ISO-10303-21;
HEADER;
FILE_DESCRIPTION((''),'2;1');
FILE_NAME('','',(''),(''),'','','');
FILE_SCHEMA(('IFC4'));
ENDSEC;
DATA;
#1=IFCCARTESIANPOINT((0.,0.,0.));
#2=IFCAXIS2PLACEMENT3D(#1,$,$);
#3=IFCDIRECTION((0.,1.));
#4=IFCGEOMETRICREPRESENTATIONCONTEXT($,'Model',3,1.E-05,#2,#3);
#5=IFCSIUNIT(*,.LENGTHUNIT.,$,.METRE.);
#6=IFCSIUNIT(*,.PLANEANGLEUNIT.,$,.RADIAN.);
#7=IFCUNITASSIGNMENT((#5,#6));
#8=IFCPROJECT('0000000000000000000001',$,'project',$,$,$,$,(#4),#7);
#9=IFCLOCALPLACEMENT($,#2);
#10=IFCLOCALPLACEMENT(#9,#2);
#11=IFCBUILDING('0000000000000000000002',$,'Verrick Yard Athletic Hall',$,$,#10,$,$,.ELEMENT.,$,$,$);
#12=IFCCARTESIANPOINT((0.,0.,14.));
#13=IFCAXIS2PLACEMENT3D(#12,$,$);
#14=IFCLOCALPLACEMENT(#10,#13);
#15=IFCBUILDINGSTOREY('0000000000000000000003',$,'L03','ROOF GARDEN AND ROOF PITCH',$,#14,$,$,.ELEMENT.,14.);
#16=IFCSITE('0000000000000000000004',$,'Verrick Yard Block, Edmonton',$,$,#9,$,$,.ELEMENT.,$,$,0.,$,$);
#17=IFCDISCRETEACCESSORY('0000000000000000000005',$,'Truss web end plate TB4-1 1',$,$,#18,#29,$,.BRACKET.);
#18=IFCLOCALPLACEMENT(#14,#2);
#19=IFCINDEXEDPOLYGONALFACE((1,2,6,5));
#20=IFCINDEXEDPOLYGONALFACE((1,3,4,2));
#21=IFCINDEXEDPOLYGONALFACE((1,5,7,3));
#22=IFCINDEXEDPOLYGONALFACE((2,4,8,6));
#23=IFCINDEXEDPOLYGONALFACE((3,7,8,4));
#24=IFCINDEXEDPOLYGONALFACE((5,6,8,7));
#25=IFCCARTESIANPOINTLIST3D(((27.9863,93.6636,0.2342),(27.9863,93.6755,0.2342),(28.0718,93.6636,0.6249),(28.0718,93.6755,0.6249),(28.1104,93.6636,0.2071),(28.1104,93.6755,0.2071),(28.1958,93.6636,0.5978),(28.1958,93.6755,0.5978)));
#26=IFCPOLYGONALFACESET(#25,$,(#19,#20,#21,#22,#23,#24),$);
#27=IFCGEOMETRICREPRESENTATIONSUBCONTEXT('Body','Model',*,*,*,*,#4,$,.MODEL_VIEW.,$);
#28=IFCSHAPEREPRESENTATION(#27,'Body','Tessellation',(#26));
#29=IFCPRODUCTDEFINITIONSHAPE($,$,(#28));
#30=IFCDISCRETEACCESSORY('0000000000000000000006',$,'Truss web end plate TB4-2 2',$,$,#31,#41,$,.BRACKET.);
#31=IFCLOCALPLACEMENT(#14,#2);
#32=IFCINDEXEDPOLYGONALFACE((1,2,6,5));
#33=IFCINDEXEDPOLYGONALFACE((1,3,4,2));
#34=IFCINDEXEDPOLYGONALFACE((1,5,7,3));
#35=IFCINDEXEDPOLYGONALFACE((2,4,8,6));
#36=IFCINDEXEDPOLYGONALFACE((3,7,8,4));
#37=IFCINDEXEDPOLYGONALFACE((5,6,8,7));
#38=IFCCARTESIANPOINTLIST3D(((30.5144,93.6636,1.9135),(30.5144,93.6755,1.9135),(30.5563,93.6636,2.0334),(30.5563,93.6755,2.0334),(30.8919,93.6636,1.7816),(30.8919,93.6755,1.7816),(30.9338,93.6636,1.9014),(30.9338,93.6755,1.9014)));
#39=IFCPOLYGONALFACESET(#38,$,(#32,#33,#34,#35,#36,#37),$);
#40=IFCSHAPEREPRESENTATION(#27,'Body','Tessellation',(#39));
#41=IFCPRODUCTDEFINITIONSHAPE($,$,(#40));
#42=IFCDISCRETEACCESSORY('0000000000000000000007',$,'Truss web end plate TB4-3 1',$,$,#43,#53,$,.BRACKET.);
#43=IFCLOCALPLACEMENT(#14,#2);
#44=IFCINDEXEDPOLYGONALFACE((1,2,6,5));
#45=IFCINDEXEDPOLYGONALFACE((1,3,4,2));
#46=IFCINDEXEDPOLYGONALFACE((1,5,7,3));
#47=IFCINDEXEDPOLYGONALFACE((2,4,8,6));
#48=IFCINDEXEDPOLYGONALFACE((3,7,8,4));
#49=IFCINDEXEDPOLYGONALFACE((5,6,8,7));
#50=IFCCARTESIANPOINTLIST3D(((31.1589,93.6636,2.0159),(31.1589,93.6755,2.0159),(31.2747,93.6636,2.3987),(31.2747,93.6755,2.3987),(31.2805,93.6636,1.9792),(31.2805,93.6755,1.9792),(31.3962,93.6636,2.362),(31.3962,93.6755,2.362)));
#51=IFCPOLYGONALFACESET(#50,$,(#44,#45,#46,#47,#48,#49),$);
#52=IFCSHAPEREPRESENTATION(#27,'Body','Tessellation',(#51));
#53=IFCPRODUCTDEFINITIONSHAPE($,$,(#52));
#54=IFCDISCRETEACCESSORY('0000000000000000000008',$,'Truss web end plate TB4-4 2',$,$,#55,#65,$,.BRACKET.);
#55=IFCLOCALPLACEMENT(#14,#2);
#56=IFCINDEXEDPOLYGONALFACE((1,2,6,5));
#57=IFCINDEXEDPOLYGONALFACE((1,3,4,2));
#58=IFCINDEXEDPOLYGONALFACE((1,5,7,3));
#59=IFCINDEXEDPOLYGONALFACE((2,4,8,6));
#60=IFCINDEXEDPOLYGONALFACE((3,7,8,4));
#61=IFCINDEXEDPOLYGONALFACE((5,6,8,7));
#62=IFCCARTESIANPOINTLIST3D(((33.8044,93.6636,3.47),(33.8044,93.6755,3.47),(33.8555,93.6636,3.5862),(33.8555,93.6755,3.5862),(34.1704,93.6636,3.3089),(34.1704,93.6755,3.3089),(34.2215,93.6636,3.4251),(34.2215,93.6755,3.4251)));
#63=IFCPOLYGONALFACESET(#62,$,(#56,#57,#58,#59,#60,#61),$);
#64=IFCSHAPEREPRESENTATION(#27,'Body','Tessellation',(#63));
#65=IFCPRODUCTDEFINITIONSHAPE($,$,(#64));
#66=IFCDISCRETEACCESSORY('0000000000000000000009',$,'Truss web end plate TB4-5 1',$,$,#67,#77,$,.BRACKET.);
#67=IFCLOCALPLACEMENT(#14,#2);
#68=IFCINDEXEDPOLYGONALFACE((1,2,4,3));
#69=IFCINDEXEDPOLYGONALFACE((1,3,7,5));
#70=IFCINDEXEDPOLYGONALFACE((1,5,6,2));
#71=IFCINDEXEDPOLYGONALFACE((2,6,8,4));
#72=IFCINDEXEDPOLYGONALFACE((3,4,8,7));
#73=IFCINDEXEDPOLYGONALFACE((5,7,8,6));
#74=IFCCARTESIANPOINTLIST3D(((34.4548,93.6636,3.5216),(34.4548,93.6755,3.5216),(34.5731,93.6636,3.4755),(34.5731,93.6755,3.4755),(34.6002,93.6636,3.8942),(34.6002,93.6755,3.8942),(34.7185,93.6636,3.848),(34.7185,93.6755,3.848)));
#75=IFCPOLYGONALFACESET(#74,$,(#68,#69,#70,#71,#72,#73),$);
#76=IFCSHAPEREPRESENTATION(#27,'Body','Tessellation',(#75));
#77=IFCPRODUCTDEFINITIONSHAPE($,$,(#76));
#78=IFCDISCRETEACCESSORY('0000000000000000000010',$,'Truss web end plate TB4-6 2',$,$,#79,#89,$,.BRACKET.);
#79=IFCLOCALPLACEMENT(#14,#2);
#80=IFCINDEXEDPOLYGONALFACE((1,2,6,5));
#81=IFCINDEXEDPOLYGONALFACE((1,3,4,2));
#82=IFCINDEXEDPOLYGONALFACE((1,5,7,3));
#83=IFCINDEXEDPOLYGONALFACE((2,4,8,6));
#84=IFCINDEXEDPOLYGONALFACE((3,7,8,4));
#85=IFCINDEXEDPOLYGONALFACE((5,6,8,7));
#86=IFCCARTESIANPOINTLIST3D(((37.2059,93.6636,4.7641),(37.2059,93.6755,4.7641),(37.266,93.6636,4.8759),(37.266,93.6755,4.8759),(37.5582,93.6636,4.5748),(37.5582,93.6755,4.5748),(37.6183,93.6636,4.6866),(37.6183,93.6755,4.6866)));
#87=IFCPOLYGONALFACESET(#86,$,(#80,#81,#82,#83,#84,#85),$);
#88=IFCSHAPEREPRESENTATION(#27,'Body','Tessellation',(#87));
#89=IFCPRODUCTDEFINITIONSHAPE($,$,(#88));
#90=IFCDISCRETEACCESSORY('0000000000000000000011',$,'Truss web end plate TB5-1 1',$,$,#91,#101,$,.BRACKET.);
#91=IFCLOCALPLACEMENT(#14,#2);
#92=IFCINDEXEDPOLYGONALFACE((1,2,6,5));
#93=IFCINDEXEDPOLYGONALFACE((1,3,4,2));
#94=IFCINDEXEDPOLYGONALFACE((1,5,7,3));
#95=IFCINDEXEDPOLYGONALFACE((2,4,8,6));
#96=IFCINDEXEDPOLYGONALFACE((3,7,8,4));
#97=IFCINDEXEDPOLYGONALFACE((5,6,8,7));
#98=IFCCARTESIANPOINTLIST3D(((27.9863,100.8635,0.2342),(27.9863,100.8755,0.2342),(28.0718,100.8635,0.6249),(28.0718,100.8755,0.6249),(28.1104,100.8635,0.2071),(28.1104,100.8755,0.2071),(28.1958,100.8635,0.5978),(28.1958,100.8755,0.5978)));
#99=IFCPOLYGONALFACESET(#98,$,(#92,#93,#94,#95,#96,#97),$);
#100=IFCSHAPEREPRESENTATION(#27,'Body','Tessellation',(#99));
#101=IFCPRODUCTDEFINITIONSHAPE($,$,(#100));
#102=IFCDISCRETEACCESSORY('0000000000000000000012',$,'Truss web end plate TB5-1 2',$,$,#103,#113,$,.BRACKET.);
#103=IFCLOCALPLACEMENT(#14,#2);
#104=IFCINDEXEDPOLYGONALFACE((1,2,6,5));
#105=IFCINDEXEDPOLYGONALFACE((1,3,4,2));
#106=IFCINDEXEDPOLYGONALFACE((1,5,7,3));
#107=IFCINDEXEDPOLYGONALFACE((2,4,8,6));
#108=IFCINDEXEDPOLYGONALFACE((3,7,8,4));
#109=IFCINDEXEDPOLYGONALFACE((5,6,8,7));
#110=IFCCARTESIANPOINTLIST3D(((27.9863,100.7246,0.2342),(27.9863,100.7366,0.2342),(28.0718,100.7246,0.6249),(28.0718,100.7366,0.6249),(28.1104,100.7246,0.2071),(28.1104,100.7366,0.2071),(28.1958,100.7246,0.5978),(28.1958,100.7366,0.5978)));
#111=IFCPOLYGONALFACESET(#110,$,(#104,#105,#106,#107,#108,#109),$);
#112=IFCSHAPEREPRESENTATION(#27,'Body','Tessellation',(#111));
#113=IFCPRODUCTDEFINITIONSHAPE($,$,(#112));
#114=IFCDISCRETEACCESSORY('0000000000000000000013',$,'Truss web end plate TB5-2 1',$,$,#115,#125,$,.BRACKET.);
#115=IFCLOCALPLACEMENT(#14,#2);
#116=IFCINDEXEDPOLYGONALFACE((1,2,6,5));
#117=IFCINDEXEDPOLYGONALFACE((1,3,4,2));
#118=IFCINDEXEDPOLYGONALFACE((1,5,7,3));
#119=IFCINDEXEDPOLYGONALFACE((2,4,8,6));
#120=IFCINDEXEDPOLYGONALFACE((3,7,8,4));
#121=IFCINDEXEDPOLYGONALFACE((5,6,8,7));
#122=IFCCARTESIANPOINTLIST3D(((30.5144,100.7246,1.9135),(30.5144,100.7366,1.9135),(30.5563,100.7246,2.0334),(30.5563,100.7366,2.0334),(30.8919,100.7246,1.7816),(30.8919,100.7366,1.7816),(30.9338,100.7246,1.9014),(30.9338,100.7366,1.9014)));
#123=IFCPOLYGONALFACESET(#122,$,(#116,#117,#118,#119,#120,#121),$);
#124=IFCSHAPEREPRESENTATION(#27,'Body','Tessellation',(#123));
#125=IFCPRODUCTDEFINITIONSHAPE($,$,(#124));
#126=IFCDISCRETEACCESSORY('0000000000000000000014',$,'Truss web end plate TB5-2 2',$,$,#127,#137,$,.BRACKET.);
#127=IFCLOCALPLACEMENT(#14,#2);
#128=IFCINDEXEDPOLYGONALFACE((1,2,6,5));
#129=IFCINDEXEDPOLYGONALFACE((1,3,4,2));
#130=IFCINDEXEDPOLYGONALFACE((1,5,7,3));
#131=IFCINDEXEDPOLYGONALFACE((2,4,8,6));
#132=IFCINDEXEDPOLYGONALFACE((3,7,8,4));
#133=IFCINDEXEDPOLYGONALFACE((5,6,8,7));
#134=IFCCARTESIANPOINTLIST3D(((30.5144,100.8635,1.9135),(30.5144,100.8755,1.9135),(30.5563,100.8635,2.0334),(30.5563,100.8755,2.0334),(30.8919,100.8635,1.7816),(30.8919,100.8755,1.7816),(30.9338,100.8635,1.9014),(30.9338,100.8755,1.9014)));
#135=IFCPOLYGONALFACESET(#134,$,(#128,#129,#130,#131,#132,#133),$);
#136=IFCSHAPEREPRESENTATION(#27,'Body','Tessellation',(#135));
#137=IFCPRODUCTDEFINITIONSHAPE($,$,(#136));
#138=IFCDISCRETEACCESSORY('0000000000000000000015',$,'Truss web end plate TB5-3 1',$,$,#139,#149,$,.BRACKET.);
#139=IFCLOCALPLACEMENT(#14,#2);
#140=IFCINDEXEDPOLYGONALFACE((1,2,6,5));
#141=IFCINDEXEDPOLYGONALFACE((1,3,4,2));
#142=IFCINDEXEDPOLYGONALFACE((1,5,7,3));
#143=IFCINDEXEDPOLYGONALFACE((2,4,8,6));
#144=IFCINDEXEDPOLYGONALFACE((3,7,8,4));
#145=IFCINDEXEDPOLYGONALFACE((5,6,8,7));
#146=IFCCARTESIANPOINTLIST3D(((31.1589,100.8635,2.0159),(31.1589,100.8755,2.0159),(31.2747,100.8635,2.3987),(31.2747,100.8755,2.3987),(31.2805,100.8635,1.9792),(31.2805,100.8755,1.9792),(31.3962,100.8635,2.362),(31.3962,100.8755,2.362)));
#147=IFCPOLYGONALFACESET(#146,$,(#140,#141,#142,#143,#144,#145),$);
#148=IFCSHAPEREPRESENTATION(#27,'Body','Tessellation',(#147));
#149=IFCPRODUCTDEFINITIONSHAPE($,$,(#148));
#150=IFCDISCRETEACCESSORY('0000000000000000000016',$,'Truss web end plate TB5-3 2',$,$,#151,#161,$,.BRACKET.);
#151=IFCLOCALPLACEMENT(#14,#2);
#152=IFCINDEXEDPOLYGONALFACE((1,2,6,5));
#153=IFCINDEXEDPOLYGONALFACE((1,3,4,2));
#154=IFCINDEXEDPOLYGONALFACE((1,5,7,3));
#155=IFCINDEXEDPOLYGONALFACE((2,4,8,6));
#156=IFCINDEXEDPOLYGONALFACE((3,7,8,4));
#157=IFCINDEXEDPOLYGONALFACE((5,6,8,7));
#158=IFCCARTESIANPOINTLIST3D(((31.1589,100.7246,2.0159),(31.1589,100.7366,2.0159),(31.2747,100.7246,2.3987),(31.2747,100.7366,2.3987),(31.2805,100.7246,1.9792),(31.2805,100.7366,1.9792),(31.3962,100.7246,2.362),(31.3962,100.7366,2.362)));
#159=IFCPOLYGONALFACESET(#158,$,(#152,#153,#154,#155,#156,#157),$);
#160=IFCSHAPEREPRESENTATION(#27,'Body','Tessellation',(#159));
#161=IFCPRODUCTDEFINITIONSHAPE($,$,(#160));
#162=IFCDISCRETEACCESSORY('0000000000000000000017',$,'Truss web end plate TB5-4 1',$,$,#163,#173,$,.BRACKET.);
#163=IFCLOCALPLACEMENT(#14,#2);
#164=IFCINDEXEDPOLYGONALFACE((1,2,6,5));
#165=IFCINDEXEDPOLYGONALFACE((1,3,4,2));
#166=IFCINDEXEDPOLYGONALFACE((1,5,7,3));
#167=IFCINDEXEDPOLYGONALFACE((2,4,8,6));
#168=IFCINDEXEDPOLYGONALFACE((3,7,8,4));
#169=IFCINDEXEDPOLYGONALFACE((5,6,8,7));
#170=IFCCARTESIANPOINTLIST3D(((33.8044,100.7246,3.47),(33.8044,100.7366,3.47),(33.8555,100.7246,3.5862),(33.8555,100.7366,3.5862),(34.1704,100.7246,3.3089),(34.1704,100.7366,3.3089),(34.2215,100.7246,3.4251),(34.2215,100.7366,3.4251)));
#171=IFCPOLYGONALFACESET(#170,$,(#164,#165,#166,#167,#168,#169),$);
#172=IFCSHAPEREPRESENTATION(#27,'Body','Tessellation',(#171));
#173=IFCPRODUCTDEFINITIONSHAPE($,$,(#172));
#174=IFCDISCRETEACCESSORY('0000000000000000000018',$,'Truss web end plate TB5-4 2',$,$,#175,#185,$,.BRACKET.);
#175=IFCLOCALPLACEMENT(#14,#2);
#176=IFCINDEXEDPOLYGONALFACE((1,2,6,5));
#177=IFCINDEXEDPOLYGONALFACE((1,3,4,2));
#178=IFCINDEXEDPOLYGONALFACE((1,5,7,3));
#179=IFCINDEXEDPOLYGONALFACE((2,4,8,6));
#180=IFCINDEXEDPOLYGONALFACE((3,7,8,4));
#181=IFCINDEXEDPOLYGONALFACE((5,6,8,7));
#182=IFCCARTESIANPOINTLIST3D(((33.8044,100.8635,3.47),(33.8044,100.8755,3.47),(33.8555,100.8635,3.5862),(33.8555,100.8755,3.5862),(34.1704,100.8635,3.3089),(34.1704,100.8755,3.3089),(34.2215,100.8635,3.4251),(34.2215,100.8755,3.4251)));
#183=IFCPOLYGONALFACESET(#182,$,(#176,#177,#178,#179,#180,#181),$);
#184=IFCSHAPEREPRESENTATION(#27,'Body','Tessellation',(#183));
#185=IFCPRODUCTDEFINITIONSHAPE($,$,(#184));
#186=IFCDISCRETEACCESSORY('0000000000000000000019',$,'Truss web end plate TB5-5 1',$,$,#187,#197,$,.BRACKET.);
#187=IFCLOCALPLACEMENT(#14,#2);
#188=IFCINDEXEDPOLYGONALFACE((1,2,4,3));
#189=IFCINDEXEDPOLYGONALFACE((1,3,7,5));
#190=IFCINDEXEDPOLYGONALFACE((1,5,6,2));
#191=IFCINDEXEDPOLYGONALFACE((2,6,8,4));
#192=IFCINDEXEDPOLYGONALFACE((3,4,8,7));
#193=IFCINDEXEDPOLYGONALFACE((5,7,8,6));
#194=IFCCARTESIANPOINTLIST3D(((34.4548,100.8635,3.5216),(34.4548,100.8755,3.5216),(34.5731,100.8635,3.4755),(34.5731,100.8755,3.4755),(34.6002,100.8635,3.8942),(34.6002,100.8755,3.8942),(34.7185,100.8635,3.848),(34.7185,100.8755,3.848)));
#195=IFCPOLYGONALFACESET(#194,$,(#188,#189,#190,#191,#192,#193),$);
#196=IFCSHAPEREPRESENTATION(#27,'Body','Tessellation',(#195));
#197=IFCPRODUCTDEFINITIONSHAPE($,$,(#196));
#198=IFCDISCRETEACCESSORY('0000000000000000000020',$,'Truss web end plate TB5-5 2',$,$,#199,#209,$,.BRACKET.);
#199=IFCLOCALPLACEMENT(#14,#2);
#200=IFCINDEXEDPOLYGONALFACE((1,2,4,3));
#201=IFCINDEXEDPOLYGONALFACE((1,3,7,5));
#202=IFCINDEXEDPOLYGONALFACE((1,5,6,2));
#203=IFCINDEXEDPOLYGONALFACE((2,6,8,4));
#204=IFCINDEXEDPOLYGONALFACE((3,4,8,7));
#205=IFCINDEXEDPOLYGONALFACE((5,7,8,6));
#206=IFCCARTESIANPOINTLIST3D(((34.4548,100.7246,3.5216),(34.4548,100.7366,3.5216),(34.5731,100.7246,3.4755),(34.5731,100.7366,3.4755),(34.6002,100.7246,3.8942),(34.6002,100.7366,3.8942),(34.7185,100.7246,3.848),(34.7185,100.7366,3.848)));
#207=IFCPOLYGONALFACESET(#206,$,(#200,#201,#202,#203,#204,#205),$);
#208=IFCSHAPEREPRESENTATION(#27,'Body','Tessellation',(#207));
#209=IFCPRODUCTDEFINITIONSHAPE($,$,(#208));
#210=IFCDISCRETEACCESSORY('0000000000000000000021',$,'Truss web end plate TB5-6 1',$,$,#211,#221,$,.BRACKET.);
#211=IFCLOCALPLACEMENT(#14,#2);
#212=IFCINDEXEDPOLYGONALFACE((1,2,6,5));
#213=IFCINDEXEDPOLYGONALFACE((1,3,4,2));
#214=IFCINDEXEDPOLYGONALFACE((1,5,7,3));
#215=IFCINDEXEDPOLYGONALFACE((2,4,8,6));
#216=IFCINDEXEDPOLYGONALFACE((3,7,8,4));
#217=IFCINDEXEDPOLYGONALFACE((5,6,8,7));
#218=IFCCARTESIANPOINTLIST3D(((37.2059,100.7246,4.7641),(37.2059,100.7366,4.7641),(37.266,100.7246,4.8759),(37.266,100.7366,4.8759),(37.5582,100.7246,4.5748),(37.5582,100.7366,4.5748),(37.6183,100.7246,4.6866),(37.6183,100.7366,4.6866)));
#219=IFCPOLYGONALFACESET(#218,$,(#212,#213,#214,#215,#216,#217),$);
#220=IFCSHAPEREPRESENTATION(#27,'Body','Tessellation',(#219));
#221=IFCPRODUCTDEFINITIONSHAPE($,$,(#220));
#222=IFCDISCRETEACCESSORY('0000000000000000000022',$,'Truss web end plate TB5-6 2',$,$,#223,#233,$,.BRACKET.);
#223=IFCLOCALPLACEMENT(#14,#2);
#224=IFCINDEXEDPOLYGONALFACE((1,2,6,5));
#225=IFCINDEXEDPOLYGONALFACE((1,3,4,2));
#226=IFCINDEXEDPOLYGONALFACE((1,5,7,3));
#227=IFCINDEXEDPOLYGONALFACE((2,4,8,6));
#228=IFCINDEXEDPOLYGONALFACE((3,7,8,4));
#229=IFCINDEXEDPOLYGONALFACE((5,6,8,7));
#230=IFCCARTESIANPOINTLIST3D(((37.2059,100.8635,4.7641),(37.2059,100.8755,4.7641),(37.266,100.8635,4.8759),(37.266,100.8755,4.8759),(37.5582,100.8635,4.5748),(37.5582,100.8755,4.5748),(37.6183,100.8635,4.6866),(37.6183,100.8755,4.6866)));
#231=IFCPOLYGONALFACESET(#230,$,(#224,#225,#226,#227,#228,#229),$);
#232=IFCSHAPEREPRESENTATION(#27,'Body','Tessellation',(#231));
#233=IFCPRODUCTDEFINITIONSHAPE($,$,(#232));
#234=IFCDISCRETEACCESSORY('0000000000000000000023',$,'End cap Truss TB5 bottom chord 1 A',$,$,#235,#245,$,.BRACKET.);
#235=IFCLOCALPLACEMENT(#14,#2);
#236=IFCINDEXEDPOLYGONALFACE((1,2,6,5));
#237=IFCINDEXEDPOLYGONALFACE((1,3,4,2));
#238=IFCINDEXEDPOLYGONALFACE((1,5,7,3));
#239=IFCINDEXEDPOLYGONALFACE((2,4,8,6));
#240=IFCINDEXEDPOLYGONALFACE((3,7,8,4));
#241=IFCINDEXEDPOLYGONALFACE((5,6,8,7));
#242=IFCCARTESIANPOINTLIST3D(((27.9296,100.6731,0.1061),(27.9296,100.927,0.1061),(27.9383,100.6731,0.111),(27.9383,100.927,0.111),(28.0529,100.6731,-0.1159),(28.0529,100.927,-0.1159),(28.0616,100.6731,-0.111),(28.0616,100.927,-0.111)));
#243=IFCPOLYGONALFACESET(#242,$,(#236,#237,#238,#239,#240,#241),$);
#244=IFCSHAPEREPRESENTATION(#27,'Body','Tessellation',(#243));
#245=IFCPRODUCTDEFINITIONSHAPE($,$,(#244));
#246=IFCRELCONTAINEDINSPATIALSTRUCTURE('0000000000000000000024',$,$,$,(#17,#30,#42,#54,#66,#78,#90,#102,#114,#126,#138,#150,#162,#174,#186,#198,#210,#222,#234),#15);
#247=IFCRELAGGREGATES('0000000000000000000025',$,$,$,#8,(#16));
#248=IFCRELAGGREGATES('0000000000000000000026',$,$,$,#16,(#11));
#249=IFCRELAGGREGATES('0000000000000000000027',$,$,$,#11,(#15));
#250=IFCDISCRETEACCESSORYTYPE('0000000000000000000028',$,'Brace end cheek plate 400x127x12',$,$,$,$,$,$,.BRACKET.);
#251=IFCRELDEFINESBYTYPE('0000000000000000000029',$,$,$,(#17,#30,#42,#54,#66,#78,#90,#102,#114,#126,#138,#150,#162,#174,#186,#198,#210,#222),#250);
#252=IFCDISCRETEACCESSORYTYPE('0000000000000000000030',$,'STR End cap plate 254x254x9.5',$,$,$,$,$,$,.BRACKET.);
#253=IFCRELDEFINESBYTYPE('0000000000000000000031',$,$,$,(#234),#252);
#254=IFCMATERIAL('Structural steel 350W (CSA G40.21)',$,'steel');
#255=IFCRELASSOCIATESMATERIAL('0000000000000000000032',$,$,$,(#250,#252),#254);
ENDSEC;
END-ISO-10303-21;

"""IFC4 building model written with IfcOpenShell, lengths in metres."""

from ifc_helpers import new_model, si_unit, direction, frame, origin, origin_2d, place, context, subcontext, project, spatial, rectangle, extrude, material, material_profile, profile_set, type_object, element, save


model = new_model("IFC4")

# Units and contexts
model_context = context("Model", 3, precision=1e-05, world=origin(), true_north=direction((0.0, 1.0)))
body_context = subcontext(model_context, "Body", "Model", "MODEL_VIEW")
ifc_project = project(units=[si_unit("LENGTHUNIT", "METRE"), si_unit("PLANEANGLEUNIT", "RADIAN")], contexts=[model_context])

# Site, building, storey
site_placement = place(None, origin())
site = spatial("IfcSite", under=ifc_project, at=site_placement, Name="Verrick Yard Block, Edmonton", CompositionType="ELEMENT", RefElevation=0.0)
building_placement = place(site_placement, origin())
building = spatial("IfcBuilding", under=site, at=building_placement, Name="Verrick Yard Athletic Hall", CompositionType="ELEMENT")
storey_placement = place(building_placement, frame((0.0, 0.0, 14.0)))
storey = spatial("IfcBuildingStorey", under=building, at=storey_placement, Name="L03", Description="ROOF GARDEN AND ROOF PITCH", CompositionType="ELEMENT", Elevation=14.0)

# Discrete accessories
ifc_material_1 = material(Name="Structural steel 350W (CSA G40.21)", Category="steel")
ifc_material_profile_1 = material_profile(ifc_material_1, rectangle(XDim=0.3999, YDim=0.127, at=origin_2d()), Name="Brace end cheek plate")
ifc_profile_set_1 = profile_set([ifc_material_profile_1], Name="Structural steel 350W (CSA G40.21)")
discrete_accessory_type_1 = type_object("IfcDiscreteAccessoryType", Name="Brace end cheek plate 400x127x12", PredefinedType="BRACKET", material=ifc_profile_set_1)
for number, where, z_axis, x_axis, name in (
    (1, (28.0911, 93.6636, 0.416), (0.0, 1.0, 0.0), (0.213605, 0.0, 0.97692), "Truss web end plate TB4-1 1"),
    (2, (30.7241, 93.6636, 1.9075), (0.0, 1.0, 0.0), (-0.944026, 0.0, 0.329872), "Truss web end plate TB4-2 2"),
    (3, (31.2776, 93.6636, 2.189), (0.0, 1.0, 0.0), (0.289473, 0.0, 0.957186), "Truss web end plate TB4-3 1"),
    (4, (34.0129, 93.6636, 3.4475), (0.0, 1.0, 0.0), (-0.915285, 0.0, 0.402806), "Truss web end plate TB4-4 2"),
    (5, (34.5867, 93.6636, 3.6848), (0.0, 1.0, 0.0), (0.363563, 0.0, 0.93157), "Truss web end plate TB4-5 1"),
    (6, (37.4121, 93.6636, 4.7253), (0.0, 1.0, 0.0), (-0.88092, 0.0, 0.473265), "Truss web end plate TB4-6 2"),
    (7, (28.0911, 100.8635, 0.416), (0.0, 1.0, 0.0), (0.213605, 0.0, 0.97692), "Truss web end plate TB5-1 1"),
    (8, (28.0911, 100.7366, 0.416), (0.0, -1.0, 0.0), (0.213605, 0.0, 0.97692), "Truss web end plate TB5-1 2"),
    (9, (30.7241, 100.7366, 1.9075), (0.0, -1.0, 0.0), (-0.944026, 0.0, 0.329872), "Truss web end plate TB5-2 1"),
    (10, (30.7241, 100.8635, 1.9075), (0.0, 1.0, 0.0), (-0.944026, 0.0, 0.329872), "Truss web end plate TB5-2 2"),
    (11, (31.2776, 100.8635, 2.189), (0.0, 1.0, 0.0), (0.289473, 0.0, 0.957186), "Truss web end plate TB5-3 1"),
    (12, (31.2776, 100.7366, 2.189), (0.0, -1.0, 0.0), (0.289473, 0.0, 0.957186), "Truss web end plate TB5-3 2"),
    (13, (34.0129, 100.7366, 3.4475), (0.0, -1.0, 0.0), (-0.915285, 0.0, 0.402806), "Truss web end plate TB5-4 1"),
    (14, (34.0129, 100.8635, 3.4475), (0.0, 1.0, 0.0), (-0.915285, 0.0, 0.402806), "Truss web end plate TB5-4 2"),
    (15, (34.5867, 100.8635, 3.6848), (0.0, 1.0, 0.0), (0.363563, 0.0, 0.93157), "Truss web end plate TB5-5 1"),
    (16, (34.5867, 100.7366, 3.6848), (0.0, -1.0, 0.0), (0.363563, 0.0, 0.93157), "Truss web end plate TB5-5 2"),
    (17, (37.4121, 100.7366, 4.7253), (0.0, -1.0, 0.0), (-0.88092, 0.0, 0.473265), "Truss web end plate TB5-6 1"),
    (18, (37.4121, 100.8635, 4.7253), (0.0, 1.0, 0.0), (-0.88092, 0.0, 0.473265), "Truss web end plate TB5-6 2"),
):
    element("IfcDiscreteAccessory", number, at=place(storey_placement, frame(where, z_axis=z_axis, x_axis=x_axis)), inside=storey, type_object=discrete_accessory_type_1, Name=name, PredefinedType="BRACKET", context=body_context, shape_type="SweptSolid", body=[
        extrude(rectangle(XDim=0.3999, YDim=0.127, at=origin_2d()), origin(), (0.0, 0.0, 1.0), 0.012),
    ])
ifc_material_profile_2 = material_profile(ifc_material_1, rectangle(XDim=0.2539, YDim=0.2539, at=origin_2d()), Name="STR End cap plate 254x254x9.5")
ifc_profile_set_2 = profile_set([ifc_material_profile_2], Name="Structural steel 350W (CSA G40.21)")
discrete_accessory_type_2 = type_object("IfcDiscreteAccessoryType", Name="STR End cap plate 254x254x9.5", PredefinedType="BRACKET", material=ifc_profile_set_2)
discrete_accessory_1_placement = place(storey_placement, frame((27.9912, 100.8, -0.0049), z_axis=(0.874157, 0.0, 0.485643), x_axis=(0.0, 1.0, 0.0)))
element("IfcDiscreteAccessory", 19, at=discrete_accessory_1_placement, inside=storey, type_object=discrete_accessory_type_2, Name="End cap Truss TB5 bottom chord 1 A", PredefinedType="BRACKET", context=body_context, shape_type="SweptSolid", body=[
    extrude(rectangle(XDim=0.2539, YDim=0.2539, at=origin_2d()), origin(), (0.0, 0.0, 1.0), 0.01),
])

save(model, "model.ifc")
